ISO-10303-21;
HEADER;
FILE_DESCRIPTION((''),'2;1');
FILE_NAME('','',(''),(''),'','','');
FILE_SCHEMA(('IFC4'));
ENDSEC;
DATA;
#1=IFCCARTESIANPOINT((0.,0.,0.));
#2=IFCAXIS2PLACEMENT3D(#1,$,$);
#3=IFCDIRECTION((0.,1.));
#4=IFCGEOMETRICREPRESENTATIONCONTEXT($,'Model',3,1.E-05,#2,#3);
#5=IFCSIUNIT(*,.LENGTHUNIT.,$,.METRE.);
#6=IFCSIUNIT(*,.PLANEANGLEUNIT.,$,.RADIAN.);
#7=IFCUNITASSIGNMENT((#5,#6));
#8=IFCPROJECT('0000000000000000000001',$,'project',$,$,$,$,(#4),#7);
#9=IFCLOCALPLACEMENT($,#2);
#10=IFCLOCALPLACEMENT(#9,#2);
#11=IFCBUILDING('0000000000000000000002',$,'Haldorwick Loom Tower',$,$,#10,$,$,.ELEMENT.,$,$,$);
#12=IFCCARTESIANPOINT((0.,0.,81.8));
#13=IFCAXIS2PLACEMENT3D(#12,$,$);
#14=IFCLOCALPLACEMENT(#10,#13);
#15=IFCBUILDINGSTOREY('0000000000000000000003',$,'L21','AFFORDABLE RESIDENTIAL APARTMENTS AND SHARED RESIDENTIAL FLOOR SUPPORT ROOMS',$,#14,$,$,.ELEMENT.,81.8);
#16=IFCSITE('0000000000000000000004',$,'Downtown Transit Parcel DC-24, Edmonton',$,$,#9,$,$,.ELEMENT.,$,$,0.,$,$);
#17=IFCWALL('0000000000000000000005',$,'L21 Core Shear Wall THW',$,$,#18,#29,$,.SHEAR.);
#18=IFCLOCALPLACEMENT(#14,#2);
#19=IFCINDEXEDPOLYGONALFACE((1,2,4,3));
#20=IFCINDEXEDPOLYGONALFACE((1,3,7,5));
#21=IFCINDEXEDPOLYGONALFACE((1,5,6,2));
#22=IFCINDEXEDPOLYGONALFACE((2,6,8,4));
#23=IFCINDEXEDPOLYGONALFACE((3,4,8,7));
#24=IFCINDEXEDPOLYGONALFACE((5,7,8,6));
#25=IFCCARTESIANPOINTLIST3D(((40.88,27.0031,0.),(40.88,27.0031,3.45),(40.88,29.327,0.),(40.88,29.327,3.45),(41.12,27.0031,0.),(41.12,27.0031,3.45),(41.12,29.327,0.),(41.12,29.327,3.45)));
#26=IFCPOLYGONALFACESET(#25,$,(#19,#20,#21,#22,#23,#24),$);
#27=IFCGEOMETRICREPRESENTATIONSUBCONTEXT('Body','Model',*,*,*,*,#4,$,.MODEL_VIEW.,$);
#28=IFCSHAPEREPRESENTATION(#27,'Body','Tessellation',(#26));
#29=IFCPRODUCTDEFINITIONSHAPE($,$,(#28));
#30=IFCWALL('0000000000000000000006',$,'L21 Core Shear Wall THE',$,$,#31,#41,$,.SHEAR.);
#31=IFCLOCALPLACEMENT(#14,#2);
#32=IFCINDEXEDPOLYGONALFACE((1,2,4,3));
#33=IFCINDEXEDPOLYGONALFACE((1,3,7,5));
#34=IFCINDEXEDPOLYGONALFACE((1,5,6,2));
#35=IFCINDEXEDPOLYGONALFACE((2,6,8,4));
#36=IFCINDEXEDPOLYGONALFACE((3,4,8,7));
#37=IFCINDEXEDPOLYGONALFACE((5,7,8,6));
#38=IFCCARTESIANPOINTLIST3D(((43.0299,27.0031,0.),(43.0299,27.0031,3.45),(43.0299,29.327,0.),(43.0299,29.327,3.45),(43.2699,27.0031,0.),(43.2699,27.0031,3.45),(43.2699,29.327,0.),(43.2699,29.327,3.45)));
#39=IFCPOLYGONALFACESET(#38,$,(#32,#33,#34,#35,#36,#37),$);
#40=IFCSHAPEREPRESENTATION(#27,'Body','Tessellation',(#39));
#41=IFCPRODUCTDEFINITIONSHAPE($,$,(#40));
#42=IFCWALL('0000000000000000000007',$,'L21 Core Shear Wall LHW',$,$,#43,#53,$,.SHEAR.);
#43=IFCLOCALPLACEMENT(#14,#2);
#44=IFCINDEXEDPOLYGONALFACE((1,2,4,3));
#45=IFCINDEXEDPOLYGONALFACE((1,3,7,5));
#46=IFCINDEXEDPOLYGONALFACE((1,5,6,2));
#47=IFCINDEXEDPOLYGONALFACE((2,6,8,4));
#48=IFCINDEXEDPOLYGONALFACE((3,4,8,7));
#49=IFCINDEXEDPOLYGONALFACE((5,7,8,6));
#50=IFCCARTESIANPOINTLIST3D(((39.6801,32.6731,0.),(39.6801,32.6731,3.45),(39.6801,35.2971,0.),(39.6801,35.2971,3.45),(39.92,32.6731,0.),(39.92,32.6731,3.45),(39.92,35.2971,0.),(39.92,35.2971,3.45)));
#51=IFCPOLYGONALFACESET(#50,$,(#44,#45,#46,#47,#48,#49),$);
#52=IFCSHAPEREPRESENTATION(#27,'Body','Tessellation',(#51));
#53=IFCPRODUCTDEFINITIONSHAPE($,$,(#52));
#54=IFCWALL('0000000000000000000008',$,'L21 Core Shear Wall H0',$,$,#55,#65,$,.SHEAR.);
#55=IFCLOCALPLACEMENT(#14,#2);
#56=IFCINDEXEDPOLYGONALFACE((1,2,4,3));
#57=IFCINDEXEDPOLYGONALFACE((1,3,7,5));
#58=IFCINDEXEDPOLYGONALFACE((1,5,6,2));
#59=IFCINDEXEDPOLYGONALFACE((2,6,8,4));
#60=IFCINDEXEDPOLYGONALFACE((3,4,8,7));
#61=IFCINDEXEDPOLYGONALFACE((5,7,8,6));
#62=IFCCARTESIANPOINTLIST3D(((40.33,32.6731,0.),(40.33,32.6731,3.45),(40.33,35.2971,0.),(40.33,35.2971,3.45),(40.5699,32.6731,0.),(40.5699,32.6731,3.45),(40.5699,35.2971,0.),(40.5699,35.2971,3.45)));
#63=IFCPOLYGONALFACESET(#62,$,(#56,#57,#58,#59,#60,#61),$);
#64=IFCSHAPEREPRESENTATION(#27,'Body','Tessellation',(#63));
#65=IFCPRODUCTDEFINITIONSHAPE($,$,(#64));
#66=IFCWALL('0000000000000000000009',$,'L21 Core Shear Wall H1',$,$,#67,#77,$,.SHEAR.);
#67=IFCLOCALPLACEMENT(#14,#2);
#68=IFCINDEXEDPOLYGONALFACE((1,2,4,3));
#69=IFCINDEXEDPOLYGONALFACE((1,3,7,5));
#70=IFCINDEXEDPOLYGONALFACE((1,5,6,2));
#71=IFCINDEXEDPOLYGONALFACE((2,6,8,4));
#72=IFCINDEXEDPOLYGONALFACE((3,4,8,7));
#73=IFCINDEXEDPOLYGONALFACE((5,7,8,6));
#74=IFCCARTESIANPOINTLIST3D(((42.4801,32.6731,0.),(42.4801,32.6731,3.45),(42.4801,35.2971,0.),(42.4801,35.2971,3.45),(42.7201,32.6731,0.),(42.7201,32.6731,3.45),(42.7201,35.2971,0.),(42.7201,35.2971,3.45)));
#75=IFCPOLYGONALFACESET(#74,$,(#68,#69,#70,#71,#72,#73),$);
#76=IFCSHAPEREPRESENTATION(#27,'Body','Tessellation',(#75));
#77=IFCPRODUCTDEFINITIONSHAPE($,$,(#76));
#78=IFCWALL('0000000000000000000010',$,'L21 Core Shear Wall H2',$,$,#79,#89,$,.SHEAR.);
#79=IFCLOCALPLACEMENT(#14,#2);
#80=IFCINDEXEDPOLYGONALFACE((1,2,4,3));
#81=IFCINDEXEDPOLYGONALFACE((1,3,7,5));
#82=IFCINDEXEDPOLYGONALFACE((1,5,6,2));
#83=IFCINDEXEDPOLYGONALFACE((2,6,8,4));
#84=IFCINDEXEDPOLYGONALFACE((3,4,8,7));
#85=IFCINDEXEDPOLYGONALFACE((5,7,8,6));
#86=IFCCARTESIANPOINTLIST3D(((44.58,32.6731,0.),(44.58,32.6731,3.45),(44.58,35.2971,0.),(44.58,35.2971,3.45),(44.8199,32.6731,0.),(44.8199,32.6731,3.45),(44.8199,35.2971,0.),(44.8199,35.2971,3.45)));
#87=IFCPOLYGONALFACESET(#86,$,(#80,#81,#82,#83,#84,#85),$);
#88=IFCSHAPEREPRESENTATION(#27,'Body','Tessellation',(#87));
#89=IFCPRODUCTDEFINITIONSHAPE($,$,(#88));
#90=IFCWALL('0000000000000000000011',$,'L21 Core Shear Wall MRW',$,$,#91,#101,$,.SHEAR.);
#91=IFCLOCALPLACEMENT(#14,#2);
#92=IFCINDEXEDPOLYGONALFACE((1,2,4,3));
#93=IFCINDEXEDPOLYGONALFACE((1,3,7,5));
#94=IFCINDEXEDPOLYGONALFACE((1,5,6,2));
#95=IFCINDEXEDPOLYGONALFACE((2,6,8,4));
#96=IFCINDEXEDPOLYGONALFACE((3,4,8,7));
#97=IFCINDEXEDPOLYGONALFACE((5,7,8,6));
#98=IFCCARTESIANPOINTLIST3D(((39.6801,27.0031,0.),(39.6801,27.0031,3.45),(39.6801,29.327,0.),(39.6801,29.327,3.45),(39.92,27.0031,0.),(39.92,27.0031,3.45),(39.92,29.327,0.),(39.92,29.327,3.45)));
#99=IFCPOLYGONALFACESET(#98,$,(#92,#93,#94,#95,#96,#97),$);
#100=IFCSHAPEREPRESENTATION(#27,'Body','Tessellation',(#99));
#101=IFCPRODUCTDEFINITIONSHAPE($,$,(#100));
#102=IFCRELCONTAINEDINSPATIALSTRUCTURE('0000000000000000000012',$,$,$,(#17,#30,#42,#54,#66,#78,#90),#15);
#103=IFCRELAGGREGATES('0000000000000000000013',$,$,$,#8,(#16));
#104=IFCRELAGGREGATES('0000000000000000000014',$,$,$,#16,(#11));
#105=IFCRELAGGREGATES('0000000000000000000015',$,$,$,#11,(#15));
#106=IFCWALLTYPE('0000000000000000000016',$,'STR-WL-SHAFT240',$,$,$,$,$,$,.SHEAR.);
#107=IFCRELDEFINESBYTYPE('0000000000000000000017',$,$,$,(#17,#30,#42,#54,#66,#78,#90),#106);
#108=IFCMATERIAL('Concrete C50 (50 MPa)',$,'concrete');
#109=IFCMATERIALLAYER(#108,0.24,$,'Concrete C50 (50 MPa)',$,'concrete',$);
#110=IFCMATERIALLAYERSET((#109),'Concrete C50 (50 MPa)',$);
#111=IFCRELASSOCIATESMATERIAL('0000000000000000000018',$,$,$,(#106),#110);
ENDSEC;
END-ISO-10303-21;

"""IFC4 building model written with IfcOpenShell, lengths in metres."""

from ifc_helpers import new_model, si_unit, direction, frame, frame_2d, origin, place, context, subcontext, project, spatial, rectangle, extrude, material, layer, layer_set, type_object, element, save


model = new_model("IFC4")

# Units and contexts
model_context = context("Model", 3, precision=1e-05, world=origin(), true_north=direction((0.0, 1.0)))
body_context = subcontext(model_context, "Body", "Model", "MODEL_VIEW")
ifc_project = project(units=[si_unit("LENGTHUNIT", "METRE"), si_unit("PLANEANGLEUNIT", "RADIAN")], contexts=[model_context])

# Site, building, storey
site_placement = place(None, origin())
site = spatial("IfcSite", under=ifc_project, at=site_placement, Name="Downtown Transit Parcel DC-24, Edmonton", CompositionType="ELEMENT", RefElevation=0.0)
building_placement = place(site_placement, origin())
building = spatial("IfcBuilding", under=site, at=building_placement, Name="Haldorwick Loom Tower", CompositionType="ELEMENT")
storey_placement = place(building_placement, frame((0.0, 0.0, 81.8)))
storey = spatial("IfcBuildingStorey", under=building, at=storey_placement, Name="L21", Description="AFFORDABLE RESIDENTIAL APARTMENTS AND SHARED RESIDENTIAL FLOOR SUPPORT ROOMS", CompositionType="ELEMENT", Elevation=81.8)

# Shared definitions
ifc_material_1 = material(Name="Concrete C50 (50 MPa)", Category="concrete")
ifc_layer_1 = layer(ifc_material_1, 0.24, Name="Concrete C50 (50 MPa)", Category="concrete")
ifc_layer_set_1 = layer_set([ifc_layer_1], Name="Concrete C50 (50 MPa)")
wall_type_1 = type_object("IfcWallType", Name="STR-WL-SHAFT240", PredefinedType="SHEAR", material=ifc_layer_set_1)

# Walls
for number, where, z_axis, x_axis, name in (
    (1, (41.0, 27.0029, 0.0), (0.0, 0.0, 1.0), (0.0, 1.0, 0.0), "L21 Core Shear Wall THW"),
    (2, (43.1499, 27.0029, 0.0), (0.0, 0.0, 1.0), (0.0, 1.0, 0.0), "L21 Core Shear Wall THE"),
):
    element("IfcWall", number, at=place(storey_placement, frame(where, z_axis=z_axis, x_axis=x_axis)), inside=storey, type_object=wall_type_1, Name=name, PredefinedType="SHEAR", context=body_context, shape_type="SweptSolid", body=[
        extrude(rectangle(XDim=2.324, YDim=0.24, at=frame_2d((1.1621, 0.0))), origin(), (0.0, 0.0, 1.0), 3.45),
    ])
for number, where, z_axis, x_axis, name in (
    (3, (39.8, 32.6731, 0.0), (0.0, 0.0, 1.0), (0.0, 1.0, 0.0), "L21 Core Shear Wall LHW"),
    (4, (40.45, 32.6731, 0.0), (0.0, 0.0, 1.0), (0.0, 1.0, 0.0), "L21 Core Shear Wall H0"),
    (5, (42.6001, 32.6731, 0.0), (0.0, 0.0, 1.0), (0.0, 1.0, 0.0), "L21 Core Shear Wall H1"),
    (6, (44.7, 32.6731, 0.0), (0.0, 0.0, 1.0), (0.0, 1.0, 0.0), "L21 Core Shear Wall H2"),
):
    element("IfcWall", number, at=place(storey_placement, frame(where, z_axis=z_axis, x_axis=x_axis)), inside=storey, type_object=wall_type_1, Name=name, PredefinedType="SHEAR", context=body_context, shape_type="SweptSolid", body=[
        extrude(rectangle(XDim=2.624, YDim=0.24, at=frame_2d((1.312, 0.0))), origin(), (0.0, 0.0, 1.0), 3.45),
    ])
wall_1_placement = place(storey_placement, frame((39.8, 27.0029, 0.0), z_axis=(0.0, 0.0, 1.0), x_axis=(0.0, 1.0, 0.0)))
element("IfcWall", 7, at=wall_1_placement, inside=storey, type_object=wall_type_1, Name="L21 Core Shear Wall MRW", PredefinedType="SHEAR", context=body_context, shape_type="SweptSolid", body=[
    extrude(rectangle(XDim=2.324, YDim=0.24, at=frame_2d((1.1621, 0.0))), origin(), (0.0, 0.0, 1.0), 3.45),
])

save(model, "model.ifc")
